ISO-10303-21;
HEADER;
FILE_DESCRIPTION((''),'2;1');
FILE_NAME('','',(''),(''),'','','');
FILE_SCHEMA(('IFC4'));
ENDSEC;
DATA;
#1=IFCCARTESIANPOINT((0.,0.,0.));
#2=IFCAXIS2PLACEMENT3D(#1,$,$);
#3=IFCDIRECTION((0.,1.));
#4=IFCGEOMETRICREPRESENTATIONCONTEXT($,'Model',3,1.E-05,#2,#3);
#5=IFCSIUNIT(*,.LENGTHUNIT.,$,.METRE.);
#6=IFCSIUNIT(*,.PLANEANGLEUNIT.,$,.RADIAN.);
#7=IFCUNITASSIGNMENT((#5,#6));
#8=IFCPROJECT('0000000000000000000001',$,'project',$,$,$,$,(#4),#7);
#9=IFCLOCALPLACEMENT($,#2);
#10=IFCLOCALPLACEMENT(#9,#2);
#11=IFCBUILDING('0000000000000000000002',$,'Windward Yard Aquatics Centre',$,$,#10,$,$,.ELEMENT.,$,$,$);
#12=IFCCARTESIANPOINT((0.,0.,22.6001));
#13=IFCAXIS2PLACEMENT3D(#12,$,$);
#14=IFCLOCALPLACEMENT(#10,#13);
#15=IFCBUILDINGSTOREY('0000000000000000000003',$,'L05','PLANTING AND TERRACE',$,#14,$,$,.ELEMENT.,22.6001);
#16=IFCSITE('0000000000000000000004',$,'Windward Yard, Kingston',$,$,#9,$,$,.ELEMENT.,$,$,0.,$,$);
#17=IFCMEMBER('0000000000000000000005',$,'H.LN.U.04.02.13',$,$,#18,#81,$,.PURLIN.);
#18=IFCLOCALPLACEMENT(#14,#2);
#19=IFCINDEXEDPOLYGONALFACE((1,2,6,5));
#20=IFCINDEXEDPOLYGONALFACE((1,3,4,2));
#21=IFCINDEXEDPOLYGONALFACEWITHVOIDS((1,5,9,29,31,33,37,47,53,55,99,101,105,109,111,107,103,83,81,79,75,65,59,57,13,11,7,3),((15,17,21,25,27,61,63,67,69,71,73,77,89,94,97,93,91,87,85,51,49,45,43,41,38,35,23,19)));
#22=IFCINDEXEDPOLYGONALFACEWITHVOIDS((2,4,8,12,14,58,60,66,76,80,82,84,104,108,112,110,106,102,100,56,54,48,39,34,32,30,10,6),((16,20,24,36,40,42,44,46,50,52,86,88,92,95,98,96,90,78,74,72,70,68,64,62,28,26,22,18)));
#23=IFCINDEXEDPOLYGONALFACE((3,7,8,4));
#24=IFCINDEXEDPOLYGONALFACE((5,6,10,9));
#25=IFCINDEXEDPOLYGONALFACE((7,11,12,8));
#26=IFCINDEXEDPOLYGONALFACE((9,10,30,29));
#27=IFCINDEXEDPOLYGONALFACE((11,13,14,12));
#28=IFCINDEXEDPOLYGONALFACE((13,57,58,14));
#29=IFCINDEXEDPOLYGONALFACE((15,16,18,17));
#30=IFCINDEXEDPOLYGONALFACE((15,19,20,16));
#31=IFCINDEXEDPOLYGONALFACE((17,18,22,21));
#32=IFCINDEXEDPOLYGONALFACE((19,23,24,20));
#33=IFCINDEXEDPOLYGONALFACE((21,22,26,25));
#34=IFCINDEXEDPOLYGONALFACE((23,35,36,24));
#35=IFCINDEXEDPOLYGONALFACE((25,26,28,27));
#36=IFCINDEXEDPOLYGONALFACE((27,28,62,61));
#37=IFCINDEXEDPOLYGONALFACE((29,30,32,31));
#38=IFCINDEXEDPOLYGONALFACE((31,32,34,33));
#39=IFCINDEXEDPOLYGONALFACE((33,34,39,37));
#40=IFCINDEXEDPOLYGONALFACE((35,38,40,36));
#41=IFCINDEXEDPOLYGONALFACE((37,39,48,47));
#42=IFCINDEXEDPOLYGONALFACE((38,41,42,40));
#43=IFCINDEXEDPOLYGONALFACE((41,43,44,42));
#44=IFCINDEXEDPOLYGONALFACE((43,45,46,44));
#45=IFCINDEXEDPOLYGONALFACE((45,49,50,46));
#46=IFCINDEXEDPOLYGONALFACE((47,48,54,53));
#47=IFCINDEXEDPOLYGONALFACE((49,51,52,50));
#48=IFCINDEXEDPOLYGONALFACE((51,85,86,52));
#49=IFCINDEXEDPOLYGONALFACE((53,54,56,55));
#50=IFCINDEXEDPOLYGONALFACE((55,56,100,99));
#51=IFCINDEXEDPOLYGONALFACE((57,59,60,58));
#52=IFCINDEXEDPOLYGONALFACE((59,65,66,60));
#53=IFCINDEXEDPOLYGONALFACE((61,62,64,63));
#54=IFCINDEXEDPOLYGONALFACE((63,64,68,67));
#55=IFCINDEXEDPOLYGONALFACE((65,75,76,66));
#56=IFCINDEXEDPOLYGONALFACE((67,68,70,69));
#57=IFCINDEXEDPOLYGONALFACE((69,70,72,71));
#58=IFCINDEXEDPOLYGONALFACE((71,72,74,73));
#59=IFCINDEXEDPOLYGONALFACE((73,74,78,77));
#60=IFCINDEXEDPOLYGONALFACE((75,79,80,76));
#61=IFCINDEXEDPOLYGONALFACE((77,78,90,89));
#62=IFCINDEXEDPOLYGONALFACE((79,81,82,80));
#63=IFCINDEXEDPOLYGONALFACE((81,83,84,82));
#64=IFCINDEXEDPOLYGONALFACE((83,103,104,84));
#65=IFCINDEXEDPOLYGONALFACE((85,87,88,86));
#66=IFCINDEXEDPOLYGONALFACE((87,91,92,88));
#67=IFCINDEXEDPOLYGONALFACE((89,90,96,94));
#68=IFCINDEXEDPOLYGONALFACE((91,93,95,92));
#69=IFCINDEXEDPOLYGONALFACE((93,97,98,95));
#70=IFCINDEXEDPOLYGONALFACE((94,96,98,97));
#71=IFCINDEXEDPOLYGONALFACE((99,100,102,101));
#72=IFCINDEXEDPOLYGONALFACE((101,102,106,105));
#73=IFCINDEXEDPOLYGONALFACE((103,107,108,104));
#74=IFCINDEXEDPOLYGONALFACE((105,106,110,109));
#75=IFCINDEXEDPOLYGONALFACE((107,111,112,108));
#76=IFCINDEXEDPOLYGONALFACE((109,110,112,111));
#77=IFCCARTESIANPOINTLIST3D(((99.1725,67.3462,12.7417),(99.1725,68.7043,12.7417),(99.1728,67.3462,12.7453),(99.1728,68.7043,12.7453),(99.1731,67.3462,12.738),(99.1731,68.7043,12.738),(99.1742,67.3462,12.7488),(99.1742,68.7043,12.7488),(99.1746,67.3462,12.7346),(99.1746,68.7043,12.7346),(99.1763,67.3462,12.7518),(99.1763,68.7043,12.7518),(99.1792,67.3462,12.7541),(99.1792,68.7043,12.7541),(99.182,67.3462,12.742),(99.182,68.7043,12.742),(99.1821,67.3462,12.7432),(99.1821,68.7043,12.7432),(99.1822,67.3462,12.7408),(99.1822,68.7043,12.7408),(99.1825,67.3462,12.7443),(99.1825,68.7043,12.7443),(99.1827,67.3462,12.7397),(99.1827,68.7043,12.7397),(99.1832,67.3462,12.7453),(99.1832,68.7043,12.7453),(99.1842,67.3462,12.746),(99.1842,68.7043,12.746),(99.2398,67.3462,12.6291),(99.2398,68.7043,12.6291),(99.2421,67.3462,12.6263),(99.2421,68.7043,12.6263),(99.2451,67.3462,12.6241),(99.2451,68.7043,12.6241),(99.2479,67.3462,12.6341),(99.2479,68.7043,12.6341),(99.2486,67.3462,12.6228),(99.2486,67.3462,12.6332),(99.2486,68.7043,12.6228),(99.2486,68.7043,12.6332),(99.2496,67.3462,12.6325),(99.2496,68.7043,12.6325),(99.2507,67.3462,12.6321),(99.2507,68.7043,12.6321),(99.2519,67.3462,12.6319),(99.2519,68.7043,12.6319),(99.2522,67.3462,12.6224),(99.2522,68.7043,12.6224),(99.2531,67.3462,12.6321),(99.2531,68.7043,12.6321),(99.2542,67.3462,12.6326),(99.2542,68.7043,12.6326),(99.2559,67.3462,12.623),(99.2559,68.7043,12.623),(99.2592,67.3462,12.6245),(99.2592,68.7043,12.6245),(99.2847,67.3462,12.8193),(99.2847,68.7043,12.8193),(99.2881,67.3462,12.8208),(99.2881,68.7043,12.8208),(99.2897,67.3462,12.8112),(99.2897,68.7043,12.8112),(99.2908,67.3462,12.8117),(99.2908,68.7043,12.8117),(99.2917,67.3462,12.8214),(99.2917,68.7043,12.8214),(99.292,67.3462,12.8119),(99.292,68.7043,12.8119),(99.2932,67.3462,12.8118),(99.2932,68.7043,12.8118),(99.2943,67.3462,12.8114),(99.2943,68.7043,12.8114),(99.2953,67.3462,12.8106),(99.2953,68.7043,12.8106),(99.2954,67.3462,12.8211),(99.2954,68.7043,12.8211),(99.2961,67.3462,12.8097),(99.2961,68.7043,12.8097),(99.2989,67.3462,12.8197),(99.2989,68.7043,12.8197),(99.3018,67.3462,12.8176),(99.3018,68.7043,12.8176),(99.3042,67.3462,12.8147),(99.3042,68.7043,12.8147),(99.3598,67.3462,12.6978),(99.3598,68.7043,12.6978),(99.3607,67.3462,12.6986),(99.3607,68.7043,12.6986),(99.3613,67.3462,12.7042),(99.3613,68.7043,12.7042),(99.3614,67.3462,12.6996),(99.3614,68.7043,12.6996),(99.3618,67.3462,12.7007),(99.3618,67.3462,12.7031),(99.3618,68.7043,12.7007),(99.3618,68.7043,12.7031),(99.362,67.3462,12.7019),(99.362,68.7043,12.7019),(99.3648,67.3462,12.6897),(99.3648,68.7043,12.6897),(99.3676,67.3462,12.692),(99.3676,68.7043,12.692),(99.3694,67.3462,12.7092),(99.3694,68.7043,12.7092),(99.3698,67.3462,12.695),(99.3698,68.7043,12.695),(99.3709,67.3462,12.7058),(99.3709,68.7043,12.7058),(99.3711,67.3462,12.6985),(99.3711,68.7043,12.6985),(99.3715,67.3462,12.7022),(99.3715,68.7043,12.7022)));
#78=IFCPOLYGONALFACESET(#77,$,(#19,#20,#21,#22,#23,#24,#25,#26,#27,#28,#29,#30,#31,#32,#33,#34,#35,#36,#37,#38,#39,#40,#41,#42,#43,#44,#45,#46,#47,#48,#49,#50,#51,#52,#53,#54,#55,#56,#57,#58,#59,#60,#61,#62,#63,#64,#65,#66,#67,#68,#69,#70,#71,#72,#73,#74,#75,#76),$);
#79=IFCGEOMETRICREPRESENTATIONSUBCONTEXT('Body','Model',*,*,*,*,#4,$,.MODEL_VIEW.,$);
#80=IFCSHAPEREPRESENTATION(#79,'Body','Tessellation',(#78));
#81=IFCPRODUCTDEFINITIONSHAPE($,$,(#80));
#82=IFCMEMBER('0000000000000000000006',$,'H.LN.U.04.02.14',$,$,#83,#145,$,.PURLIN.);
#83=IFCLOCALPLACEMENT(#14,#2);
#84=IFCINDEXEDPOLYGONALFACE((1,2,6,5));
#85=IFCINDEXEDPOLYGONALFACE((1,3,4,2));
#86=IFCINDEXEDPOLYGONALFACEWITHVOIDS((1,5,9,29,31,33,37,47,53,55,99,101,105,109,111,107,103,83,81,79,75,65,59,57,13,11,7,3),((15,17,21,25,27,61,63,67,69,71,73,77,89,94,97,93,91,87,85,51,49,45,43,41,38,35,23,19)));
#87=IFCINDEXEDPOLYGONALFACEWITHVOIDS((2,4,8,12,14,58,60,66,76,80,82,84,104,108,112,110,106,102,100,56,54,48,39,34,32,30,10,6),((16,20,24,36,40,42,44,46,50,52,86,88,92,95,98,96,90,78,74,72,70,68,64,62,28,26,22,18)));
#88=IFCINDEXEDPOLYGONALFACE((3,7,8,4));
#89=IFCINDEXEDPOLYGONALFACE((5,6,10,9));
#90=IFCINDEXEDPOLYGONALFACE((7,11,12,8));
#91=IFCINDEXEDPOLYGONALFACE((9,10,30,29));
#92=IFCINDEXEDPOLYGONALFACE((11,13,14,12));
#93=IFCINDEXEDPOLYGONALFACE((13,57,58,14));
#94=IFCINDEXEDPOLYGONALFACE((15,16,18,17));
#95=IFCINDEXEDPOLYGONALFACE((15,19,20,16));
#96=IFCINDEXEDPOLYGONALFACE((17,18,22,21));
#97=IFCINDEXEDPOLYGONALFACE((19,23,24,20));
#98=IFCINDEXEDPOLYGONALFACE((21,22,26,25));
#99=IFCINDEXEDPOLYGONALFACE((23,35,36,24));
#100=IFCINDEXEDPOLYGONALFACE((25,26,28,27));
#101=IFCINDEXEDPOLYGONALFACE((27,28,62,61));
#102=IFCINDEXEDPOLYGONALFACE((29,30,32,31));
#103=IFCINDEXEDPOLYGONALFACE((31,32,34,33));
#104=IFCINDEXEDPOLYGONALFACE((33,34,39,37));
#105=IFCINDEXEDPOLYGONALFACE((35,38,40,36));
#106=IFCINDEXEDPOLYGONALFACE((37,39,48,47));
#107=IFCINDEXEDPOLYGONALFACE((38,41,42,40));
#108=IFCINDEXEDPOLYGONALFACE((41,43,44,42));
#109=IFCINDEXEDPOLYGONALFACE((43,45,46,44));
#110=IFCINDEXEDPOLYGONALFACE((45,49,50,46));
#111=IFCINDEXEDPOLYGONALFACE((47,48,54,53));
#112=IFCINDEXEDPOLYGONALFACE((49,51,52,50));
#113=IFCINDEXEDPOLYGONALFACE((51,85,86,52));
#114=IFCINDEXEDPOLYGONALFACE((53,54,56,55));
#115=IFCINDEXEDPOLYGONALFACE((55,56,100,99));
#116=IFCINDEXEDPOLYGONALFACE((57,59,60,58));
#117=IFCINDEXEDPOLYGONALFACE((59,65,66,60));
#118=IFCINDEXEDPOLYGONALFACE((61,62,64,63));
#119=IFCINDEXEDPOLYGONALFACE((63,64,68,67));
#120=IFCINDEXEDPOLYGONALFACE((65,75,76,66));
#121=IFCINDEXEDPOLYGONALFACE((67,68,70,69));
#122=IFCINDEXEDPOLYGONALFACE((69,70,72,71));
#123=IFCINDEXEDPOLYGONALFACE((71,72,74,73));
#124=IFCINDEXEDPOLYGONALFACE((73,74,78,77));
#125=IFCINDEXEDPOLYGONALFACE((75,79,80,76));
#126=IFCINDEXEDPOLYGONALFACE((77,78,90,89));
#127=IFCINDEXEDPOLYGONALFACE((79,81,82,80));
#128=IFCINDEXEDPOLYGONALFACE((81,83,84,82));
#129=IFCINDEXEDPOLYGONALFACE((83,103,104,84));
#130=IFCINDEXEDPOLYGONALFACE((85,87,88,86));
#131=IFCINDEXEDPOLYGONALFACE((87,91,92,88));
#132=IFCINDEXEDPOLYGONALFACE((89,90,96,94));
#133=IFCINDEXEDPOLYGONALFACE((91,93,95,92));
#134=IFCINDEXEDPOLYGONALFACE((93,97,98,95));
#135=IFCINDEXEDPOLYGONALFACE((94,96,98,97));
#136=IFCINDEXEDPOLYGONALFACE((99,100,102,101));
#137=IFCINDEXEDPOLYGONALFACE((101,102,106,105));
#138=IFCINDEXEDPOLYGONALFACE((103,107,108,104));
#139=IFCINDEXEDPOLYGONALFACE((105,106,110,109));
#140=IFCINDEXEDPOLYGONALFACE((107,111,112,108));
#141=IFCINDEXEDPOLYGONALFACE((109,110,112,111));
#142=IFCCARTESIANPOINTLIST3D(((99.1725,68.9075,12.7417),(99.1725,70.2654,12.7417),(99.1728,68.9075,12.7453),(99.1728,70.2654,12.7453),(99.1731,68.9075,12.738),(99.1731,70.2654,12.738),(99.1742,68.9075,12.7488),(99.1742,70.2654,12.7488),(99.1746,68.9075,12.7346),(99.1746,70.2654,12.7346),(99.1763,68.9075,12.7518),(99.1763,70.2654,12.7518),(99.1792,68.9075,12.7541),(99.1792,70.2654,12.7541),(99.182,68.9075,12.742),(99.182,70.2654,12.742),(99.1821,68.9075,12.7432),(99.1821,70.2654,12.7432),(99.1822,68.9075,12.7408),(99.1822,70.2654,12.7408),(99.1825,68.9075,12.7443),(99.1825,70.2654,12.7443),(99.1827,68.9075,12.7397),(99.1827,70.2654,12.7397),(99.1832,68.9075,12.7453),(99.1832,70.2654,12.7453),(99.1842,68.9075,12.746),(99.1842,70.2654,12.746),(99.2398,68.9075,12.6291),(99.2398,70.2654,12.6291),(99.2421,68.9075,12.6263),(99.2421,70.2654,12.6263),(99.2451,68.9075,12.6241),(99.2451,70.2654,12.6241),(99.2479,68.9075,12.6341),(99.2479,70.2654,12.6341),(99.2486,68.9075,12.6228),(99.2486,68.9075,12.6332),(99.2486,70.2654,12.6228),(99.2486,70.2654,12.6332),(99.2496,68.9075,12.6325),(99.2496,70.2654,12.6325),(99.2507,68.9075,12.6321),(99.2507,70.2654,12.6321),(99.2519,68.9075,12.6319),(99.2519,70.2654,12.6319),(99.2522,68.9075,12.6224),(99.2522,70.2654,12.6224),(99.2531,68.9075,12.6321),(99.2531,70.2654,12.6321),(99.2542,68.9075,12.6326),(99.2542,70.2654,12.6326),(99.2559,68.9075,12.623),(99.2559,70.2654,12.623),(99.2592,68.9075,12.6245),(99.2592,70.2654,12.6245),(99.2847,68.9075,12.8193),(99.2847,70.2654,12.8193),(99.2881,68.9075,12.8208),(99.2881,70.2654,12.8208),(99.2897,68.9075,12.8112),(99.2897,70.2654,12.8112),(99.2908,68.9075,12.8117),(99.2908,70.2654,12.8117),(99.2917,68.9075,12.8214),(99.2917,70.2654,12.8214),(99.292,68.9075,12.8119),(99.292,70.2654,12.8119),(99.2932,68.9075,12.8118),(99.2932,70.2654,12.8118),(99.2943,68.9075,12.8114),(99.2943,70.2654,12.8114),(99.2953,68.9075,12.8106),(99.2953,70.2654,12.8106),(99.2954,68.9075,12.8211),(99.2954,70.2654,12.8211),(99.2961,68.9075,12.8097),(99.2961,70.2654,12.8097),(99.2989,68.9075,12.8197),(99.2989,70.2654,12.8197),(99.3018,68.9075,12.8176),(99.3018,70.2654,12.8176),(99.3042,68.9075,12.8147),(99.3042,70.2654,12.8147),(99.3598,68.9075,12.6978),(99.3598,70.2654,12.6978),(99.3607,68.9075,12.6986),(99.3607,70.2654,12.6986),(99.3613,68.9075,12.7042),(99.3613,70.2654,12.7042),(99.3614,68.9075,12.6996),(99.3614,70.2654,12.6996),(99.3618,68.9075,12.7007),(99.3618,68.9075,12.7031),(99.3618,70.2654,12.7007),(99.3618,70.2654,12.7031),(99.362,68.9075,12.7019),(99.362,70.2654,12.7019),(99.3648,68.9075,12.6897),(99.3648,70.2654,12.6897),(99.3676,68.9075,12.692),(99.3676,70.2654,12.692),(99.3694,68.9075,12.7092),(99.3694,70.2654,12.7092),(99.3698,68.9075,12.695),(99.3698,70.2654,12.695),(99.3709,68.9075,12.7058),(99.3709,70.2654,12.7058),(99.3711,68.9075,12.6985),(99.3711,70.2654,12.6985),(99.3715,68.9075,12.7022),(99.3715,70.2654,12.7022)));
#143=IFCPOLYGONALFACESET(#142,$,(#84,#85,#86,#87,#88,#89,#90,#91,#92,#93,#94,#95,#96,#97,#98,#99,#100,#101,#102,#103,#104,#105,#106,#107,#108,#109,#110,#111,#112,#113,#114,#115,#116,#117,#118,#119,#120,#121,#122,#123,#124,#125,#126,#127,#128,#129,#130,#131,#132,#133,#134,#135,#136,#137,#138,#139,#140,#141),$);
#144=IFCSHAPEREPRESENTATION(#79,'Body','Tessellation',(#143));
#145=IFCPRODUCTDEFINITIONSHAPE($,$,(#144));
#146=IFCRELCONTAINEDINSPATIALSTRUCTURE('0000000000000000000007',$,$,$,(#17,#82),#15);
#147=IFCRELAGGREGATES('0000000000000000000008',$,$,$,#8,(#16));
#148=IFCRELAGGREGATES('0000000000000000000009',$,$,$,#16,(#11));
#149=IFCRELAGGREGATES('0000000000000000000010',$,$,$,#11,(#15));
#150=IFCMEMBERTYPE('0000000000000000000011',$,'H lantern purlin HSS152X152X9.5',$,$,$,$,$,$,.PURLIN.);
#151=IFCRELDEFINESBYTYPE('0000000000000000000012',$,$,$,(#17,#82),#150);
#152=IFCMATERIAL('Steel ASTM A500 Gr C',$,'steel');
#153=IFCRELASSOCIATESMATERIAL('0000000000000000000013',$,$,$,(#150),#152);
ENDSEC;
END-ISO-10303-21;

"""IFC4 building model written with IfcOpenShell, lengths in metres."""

from ifc_helpers import new_model, si_unit, direction, frame, origin, origin_2d, place, context, subcontext, project, spatial, hollow_rectangle, extrude, material, material_profile, profile_set, type_object, element, save


model = new_model("IFC4")

# Units and contexts
model_context = context("Model", 3, precision=1e-05, world=origin(), true_north=direction((0.0, 1.0)))
body_context = subcontext(model_context, "Body", "Model", "MODEL_VIEW")
ifc_project = project(units=[si_unit("LENGTHUNIT", "METRE"), si_unit("PLANEANGLEUNIT", "RADIAN")], contexts=[model_context])

# Site, building, storey
site_placement = place(None, origin())
site = spatial("IfcSite", under=ifc_project, at=site_placement, Name="Windward Yard, Kingston", CompositionType="ELEMENT", RefElevation=0.0)
building_placement = place(site_placement, origin())
building = spatial("IfcBuilding", under=site, at=building_placement, Name="Windward Yard Aquatics Centre", CompositionType="ELEMENT")
storey_placement = place(building_placement, frame((0.0, 0.0, 22.6001)))
storey = spatial("IfcBuildingStorey", under=building, at=storey_placement, Name="L05", Description="PLANTING AND TERRACE", CompositionType="ELEMENT", Elevation=22.6001)

# Members
ifc_material_1 = material(Name="Steel ASTM A500 Gr C", Category="steel")
ifc_material_profile_1 = material_profile(ifc_material_1, hollow_rectangle(XDim=0.1523, YDim=0.1523, WallThickness=0.0095, InnerFilletRadius=0.0046, OuterFilletRadius=0.0142, at=origin_2d()), Name="HSS152X152X9.5")
ifc_profile_set_1 = profile_set([ifc_material_profile_1], Name="Steel ASTM A500 Gr C")
member_type_1 = type_object("IfcMemberType", Name="H lantern purlin HSS152X152X9.5", PredefinedType="PURLIN", material=ifc_profile_set_1)
member_1_placement = place(storey_placement, frame((99.272, 67.3462, 12.7219), z_axis=(0.0, 1.0, 0.0), x_axis=(-0.850755, 0.0, -0.525562)))
element("IfcMember", 1, at=member_1_placement, inside=storey, type_object=member_type_1, Name="H.LN.U.04.02.13", PredefinedType="PURLIN", context=body_context, shape_type="SweptSolid", body=[
    extrude(hollow_rectangle(XDim=0.1523, YDim=0.1523, WallThickness=0.0095, InnerFilletRadius=0.0046, OuterFilletRadius=0.0142, at=origin_2d()), origin(), (0.0, 0.0, 1.0), 1.3582),
])
member_2_placement = place(storey_placement, frame((99.272, 68.9075, 12.7219), z_axis=(0.0, 1.0, 0.0), x_axis=(-0.850755, 0.0, -0.525562)))
element("IfcMember", 2, at=member_2_placement, inside=storey, type_object=member_type_1, Name="H.LN.U.04.02.14", PredefinedType="PURLIN", context=body_context, shape_type="SweptSolid", body=[
    extrude(hollow_rectangle(XDim=0.1523, YDim=0.1523, WallThickness=0.0095, InnerFilletRadius=0.0046, OuterFilletRadius=0.0142, at=origin_2d()), origin(), (0.0, 0.0, 1.0), 1.3579),
])

save(model, "model.ifc")
